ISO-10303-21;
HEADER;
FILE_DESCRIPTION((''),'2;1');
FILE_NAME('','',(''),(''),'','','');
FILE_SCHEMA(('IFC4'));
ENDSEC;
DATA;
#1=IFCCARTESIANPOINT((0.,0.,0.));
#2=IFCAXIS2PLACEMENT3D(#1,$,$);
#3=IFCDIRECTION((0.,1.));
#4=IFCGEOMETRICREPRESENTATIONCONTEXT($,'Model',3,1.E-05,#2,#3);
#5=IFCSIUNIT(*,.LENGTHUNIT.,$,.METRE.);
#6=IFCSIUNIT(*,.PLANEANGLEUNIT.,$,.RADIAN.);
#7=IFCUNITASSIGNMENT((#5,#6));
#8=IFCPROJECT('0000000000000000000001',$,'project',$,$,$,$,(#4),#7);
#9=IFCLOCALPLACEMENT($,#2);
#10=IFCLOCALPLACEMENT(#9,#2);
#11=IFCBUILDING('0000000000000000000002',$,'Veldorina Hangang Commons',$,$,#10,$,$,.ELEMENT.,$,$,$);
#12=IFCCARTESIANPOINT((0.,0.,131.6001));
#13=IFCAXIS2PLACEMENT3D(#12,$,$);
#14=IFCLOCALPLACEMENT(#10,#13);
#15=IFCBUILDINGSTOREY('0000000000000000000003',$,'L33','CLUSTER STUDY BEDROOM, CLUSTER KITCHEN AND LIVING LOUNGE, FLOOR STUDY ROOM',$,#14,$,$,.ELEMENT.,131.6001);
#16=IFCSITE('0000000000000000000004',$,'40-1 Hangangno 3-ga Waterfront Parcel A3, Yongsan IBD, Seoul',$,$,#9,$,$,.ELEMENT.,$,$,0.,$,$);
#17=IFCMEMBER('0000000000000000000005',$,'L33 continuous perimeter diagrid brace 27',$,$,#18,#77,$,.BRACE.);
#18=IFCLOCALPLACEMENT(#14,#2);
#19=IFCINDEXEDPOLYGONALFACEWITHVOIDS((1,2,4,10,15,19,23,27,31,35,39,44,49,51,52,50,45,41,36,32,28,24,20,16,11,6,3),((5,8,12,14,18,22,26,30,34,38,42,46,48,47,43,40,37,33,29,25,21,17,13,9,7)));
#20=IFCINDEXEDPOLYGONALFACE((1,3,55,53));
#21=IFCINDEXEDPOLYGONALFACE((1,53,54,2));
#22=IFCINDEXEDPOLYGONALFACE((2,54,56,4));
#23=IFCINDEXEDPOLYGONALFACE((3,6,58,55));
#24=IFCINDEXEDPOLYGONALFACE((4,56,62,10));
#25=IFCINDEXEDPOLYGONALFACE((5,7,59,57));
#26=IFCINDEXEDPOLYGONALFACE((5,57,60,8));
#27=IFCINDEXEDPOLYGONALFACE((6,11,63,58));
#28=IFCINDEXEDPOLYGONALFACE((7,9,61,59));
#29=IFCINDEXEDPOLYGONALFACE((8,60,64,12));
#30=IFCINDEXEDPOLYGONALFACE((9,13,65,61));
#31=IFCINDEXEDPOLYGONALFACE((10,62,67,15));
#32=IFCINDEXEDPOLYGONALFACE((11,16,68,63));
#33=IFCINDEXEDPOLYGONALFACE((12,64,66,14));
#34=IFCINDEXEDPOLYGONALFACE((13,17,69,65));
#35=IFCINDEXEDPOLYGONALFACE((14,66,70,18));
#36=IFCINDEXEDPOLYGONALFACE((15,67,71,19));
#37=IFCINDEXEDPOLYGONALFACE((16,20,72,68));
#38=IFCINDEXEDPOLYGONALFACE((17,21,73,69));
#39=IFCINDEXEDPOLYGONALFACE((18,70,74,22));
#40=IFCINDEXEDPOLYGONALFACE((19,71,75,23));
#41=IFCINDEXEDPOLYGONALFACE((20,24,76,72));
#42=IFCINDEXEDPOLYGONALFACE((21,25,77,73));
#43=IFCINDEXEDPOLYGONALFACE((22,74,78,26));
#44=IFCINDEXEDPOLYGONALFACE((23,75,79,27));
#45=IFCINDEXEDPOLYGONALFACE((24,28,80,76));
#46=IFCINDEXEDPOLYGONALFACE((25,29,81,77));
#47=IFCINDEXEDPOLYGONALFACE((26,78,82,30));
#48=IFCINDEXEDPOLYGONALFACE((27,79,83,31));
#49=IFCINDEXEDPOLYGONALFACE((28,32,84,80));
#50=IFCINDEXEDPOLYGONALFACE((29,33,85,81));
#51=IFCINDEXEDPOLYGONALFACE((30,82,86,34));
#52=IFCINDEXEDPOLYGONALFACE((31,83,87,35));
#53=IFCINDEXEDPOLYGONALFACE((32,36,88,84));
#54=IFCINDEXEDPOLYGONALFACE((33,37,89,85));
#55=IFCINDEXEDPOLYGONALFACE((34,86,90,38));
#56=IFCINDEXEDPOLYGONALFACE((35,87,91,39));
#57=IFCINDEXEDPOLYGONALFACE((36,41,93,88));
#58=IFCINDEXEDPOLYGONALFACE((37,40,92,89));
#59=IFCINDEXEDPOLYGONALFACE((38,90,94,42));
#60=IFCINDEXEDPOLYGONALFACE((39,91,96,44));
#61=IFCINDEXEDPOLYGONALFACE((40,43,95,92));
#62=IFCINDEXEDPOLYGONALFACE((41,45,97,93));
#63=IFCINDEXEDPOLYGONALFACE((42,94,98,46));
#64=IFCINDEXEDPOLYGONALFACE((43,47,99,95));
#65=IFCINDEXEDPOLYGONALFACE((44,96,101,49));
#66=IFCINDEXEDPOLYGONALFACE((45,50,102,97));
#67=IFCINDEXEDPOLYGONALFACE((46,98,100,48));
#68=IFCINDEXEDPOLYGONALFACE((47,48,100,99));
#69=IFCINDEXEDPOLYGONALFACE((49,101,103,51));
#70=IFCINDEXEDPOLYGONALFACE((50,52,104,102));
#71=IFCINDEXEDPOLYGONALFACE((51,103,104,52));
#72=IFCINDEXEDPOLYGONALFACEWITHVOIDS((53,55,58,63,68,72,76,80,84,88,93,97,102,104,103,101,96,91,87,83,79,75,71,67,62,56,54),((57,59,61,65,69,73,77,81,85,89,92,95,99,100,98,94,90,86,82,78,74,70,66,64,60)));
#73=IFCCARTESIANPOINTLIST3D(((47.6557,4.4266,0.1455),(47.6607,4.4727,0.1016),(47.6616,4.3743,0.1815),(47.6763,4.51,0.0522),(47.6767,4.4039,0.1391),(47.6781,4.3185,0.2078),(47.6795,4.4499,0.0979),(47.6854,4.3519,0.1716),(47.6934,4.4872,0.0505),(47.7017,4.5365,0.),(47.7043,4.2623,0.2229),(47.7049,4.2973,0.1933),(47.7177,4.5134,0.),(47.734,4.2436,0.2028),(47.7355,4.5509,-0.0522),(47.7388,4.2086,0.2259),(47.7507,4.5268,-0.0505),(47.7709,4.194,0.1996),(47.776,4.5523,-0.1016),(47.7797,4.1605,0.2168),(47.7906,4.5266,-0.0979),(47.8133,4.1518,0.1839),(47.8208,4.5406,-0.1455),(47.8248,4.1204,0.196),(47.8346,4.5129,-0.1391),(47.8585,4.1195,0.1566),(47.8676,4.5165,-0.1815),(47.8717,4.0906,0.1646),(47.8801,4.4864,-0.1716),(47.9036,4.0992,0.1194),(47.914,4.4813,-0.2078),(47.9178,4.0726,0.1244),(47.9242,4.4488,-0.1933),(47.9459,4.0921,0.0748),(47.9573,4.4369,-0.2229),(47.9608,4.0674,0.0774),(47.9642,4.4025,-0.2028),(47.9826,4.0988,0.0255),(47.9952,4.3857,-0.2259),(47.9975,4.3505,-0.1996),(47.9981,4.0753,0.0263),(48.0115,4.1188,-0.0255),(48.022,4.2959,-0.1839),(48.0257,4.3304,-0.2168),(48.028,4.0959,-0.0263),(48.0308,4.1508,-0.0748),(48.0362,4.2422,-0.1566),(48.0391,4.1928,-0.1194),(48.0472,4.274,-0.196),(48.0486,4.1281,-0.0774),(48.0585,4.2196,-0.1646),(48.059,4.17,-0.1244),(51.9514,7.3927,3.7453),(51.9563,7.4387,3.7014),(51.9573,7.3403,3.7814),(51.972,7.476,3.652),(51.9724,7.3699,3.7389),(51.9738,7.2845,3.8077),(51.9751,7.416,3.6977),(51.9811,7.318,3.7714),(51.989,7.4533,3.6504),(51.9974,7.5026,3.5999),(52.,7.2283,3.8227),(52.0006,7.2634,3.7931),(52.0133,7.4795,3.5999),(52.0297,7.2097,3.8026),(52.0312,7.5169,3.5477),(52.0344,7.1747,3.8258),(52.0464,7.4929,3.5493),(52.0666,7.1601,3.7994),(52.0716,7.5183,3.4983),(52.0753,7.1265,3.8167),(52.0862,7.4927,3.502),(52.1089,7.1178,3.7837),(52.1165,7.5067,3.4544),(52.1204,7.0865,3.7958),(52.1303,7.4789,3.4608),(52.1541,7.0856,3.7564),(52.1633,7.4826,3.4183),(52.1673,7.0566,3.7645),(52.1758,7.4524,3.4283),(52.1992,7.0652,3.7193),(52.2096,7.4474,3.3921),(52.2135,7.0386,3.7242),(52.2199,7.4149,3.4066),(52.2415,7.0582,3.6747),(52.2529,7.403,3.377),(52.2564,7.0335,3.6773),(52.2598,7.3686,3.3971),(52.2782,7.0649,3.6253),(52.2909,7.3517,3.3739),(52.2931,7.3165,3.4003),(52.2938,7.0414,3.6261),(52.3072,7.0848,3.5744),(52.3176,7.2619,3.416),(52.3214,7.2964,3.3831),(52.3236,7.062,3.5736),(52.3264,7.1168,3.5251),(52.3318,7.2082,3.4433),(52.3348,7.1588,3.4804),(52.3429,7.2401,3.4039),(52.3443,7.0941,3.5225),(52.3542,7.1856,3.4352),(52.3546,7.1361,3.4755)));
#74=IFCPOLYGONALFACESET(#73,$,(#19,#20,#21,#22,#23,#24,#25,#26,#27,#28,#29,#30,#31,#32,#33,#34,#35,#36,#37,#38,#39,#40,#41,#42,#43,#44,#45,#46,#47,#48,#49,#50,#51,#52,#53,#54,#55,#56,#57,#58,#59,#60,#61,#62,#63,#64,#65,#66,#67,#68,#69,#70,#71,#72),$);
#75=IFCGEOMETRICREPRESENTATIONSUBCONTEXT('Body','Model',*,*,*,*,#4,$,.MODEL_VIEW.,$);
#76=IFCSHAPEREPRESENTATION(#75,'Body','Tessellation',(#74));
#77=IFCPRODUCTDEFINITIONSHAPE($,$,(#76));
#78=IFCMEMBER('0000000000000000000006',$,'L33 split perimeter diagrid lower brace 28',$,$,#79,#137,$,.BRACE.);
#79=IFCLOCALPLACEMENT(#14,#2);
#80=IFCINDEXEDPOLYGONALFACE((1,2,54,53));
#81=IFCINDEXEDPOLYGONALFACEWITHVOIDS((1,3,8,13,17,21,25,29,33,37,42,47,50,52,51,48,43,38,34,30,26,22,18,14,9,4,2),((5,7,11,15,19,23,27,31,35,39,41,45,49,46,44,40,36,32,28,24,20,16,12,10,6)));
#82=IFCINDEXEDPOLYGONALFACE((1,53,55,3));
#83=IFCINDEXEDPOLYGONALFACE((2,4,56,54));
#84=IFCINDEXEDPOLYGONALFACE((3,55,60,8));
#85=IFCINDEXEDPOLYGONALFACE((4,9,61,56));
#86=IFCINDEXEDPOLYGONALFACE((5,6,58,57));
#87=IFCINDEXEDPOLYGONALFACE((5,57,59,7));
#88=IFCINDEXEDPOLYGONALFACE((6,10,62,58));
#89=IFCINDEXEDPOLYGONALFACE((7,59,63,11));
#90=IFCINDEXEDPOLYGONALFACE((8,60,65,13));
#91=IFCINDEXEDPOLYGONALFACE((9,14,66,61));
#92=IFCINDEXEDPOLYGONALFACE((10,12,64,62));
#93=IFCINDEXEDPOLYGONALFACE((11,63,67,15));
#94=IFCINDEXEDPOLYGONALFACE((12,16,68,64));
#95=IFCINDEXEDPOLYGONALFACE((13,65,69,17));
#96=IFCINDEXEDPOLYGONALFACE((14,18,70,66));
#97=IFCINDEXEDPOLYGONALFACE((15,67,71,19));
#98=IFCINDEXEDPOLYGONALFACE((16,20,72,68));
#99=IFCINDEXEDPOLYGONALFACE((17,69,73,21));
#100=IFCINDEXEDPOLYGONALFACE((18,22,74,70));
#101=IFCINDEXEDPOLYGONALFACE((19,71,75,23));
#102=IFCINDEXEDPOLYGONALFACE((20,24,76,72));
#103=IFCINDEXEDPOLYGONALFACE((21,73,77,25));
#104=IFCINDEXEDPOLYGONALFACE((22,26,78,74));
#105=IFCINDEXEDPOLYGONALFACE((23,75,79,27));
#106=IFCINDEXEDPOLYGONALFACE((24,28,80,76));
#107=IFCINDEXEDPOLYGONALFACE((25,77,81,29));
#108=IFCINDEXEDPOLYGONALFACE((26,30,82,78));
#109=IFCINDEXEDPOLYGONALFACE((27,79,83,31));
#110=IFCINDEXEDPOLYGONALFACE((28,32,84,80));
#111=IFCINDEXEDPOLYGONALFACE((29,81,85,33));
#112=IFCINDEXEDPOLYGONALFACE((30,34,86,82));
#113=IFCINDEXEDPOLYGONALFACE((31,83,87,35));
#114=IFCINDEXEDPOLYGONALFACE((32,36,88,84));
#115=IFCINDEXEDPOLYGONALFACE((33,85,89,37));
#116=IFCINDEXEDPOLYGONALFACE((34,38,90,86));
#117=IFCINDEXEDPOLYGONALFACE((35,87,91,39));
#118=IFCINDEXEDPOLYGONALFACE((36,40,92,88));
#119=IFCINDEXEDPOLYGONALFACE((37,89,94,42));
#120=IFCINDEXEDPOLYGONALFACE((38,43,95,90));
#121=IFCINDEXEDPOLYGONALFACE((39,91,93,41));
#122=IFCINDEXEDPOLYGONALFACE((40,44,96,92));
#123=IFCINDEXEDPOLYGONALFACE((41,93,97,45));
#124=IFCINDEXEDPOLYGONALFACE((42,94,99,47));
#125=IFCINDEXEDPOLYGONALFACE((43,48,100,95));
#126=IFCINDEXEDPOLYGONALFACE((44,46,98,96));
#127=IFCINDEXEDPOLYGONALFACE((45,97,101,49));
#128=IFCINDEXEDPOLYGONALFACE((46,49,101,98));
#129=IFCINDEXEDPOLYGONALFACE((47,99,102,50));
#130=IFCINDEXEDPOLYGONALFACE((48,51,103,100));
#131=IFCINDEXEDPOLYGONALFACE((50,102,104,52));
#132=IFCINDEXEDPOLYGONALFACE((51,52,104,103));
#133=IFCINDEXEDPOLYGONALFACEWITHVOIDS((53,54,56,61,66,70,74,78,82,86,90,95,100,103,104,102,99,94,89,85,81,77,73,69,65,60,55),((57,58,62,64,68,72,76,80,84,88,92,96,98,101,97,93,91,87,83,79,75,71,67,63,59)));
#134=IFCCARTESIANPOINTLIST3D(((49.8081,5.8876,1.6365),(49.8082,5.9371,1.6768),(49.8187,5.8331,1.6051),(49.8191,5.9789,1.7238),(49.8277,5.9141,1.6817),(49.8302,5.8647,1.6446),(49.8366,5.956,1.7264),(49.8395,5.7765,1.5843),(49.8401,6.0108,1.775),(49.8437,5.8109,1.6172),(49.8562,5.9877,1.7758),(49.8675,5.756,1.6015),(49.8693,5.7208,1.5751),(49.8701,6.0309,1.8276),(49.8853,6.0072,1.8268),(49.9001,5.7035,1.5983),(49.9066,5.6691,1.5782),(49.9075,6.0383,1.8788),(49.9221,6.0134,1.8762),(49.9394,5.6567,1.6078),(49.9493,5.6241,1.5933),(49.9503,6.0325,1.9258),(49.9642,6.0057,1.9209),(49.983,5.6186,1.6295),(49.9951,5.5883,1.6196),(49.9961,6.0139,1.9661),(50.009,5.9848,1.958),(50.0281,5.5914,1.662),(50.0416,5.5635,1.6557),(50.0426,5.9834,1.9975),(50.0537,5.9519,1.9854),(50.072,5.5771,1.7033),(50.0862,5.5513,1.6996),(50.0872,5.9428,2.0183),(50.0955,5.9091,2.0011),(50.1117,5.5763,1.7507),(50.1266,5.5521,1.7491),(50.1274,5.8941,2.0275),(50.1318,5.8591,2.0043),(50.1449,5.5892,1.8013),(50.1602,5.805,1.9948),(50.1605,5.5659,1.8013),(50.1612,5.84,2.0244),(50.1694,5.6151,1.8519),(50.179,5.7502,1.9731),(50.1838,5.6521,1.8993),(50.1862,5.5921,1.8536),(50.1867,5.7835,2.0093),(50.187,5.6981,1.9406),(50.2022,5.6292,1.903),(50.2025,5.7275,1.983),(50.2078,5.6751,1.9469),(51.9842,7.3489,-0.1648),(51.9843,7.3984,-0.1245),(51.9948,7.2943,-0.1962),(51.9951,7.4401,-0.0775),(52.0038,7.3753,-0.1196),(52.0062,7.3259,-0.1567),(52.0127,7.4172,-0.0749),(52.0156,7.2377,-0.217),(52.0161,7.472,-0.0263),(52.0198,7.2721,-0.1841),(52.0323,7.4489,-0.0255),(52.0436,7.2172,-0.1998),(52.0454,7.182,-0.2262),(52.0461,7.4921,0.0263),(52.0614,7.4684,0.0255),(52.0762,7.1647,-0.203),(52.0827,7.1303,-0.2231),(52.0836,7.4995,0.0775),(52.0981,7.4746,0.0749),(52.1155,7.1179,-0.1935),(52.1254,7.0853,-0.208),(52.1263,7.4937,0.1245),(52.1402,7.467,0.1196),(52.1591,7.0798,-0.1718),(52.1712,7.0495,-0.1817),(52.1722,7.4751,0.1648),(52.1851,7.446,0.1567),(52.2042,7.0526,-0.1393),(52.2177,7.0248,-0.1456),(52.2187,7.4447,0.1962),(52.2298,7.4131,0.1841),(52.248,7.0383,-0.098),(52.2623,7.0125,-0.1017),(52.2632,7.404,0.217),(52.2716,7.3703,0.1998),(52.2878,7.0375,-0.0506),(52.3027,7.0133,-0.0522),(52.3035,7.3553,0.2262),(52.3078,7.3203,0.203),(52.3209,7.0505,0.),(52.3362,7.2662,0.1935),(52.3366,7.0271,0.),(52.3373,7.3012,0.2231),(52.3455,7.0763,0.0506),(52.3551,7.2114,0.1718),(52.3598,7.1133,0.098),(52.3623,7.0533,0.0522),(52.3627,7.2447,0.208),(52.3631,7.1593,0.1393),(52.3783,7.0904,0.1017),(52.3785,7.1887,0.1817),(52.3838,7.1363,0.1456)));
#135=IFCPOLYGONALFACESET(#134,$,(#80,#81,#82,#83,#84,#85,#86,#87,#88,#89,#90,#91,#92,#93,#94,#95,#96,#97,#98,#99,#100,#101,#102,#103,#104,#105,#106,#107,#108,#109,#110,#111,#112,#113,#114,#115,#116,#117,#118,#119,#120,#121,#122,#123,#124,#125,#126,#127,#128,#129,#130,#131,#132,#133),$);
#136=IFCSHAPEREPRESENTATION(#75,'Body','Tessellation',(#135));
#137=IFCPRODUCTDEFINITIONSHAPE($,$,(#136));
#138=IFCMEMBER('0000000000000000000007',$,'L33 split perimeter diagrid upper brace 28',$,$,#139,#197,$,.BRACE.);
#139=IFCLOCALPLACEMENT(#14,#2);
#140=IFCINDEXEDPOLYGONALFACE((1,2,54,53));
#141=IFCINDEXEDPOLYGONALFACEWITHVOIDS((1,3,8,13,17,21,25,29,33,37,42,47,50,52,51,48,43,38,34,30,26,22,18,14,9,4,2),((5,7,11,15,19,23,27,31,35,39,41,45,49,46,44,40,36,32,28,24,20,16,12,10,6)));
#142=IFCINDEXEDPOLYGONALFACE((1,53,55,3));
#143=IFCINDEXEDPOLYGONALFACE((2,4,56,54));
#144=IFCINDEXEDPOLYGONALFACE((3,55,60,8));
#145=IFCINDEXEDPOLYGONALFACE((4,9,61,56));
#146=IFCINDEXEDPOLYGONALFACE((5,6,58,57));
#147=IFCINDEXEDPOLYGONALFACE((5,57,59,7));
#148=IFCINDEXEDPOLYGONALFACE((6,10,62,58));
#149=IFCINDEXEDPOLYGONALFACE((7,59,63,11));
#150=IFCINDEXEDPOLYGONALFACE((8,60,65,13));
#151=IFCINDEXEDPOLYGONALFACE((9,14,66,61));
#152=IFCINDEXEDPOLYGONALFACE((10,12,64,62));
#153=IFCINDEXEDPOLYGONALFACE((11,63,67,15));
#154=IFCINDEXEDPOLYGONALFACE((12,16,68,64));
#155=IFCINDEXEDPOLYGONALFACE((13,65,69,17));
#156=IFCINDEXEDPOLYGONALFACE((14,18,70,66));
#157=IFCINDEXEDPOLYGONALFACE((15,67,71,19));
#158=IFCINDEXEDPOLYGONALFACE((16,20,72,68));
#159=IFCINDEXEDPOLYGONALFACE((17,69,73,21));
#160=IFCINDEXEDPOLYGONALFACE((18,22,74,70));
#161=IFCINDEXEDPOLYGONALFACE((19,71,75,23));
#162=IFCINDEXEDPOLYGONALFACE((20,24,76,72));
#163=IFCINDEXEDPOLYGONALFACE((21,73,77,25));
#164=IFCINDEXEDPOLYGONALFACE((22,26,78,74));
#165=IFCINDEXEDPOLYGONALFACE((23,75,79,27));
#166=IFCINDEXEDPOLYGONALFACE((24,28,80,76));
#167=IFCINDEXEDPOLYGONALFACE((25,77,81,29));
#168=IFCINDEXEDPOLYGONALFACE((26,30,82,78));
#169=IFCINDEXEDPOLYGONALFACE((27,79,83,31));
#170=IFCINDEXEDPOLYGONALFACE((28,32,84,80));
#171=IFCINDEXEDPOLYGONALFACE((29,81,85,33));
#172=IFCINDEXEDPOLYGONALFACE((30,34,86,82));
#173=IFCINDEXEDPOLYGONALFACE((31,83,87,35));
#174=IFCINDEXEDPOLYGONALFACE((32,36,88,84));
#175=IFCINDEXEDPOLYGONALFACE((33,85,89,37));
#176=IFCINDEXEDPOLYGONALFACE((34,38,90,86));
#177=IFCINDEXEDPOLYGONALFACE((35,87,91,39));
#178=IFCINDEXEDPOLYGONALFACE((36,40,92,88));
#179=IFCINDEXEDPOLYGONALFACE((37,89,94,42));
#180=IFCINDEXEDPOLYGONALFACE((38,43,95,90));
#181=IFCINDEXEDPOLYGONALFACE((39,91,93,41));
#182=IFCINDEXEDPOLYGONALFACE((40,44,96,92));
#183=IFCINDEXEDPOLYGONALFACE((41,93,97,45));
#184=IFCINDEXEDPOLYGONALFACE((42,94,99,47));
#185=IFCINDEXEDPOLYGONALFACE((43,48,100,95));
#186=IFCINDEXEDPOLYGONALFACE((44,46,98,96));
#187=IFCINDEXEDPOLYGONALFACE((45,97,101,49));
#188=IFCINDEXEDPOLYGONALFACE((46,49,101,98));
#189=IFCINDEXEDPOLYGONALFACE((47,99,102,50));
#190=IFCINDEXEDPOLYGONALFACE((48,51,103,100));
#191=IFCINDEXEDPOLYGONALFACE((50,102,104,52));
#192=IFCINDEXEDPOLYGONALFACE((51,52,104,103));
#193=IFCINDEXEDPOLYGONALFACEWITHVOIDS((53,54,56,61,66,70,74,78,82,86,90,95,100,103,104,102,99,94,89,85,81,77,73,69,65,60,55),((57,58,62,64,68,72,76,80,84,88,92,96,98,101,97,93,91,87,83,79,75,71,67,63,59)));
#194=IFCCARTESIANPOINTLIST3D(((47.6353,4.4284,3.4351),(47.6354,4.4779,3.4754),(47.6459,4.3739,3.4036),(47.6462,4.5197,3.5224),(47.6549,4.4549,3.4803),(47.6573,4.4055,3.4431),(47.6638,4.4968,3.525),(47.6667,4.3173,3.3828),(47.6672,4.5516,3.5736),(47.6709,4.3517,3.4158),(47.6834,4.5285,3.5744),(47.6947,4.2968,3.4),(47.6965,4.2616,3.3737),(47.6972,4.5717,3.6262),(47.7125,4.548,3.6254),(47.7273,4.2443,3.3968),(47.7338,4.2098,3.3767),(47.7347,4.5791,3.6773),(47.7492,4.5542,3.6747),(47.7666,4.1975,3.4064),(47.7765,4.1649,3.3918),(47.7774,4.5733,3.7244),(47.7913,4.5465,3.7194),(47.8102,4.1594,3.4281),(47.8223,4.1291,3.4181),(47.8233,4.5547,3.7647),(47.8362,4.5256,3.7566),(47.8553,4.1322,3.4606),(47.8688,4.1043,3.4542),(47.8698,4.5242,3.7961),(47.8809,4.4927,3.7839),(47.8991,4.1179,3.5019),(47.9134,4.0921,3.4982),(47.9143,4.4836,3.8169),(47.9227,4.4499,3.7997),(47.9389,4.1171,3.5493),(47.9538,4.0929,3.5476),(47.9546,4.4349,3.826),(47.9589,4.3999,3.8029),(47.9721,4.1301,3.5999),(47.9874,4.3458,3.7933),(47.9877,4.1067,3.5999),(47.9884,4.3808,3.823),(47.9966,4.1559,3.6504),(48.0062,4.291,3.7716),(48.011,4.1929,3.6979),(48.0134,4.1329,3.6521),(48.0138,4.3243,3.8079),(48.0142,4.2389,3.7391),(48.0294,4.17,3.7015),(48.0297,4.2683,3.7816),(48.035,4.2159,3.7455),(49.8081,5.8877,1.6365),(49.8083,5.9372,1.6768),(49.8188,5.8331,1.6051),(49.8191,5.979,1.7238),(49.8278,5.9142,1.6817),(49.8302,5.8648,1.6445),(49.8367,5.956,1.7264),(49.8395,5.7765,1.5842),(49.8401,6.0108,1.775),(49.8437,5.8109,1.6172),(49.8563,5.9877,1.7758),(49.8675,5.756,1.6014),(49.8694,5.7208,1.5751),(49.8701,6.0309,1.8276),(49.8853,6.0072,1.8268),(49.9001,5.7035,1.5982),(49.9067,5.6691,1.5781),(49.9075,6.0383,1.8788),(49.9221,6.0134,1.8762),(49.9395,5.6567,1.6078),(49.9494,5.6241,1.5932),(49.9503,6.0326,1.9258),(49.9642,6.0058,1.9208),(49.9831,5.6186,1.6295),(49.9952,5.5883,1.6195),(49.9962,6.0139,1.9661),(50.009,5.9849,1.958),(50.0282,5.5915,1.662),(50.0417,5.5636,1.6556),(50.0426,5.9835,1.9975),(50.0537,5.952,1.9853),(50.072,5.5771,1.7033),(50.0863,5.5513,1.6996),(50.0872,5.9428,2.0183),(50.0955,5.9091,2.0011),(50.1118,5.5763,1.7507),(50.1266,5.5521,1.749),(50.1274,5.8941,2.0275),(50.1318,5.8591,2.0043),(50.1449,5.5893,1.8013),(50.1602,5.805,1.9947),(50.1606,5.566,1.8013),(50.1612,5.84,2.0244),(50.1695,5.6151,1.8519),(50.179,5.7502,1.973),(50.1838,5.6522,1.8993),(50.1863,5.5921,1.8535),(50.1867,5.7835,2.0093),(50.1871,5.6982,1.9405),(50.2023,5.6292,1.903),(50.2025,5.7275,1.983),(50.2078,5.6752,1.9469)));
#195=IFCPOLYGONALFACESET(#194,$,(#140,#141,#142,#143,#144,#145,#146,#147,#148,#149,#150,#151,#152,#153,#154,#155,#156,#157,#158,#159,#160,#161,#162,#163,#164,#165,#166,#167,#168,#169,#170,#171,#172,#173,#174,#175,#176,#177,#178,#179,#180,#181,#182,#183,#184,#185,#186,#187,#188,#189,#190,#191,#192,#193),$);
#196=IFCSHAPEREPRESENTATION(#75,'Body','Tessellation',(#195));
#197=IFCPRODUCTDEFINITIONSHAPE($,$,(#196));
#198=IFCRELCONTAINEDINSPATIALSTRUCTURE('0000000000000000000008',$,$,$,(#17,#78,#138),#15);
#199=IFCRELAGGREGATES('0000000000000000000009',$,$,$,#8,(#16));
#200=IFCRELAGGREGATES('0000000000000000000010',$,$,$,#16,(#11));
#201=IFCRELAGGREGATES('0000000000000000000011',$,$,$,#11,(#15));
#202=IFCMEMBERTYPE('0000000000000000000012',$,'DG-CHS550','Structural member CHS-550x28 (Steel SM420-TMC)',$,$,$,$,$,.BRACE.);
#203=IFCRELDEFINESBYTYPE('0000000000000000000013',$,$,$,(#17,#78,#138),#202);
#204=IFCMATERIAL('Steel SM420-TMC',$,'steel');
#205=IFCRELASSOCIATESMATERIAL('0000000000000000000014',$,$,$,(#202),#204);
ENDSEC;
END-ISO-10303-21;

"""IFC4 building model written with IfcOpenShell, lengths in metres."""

from ifc_helpers import new_model, si_unit, direction, frame, origin, origin_2d, place, context, subcontext, project, spatial, hollow_circle, extrude, material, material_profile, profile_set, type_object, element, save


model = new_model("IFC4")

# Units and contexts
model_context = context("Model", 3, precision=1e-05, world=origin(), true_north=direction((0.0, 1.0)))
body_context = subcontext(model_context, "Body", "Model", "MODEL_VIEW")
ifc_project = project(units=[si_unit("LENGTHUNIT", "METRE"), si_unit("PLANEANGLEUNIT", "RADIAN")], contexts=[model_context])

# Site, building, storey
site_placement = place(None, origin())
site = spatial("IfcSite", under=ifc_project, at=site_placement, Name="40-1 Hangangno 3-ga Waterfront Parcel A3, Yongsan IBD, Seoul", CompositionType="ELEMENT", RefElevation=0.0)
building_placement = place(site_placement, origin())
building = spatial("IfcBuilding", under=site, at=building_placement, Name="Veldorina Hangang Commons", CompositionType="ELEMENT")
storey_placement = place(building_placement, frame((0.0, 0.0, 131.6001)))
storey = spatial("IfcBuildingStorey", under=building, at=storey_placement, Name="L33", Description="CLUSTER STUDY BEDROOM, CLUSTER KITCHEN AND LIVING LOUNGE, FLOOR STUDY ROOM", CompositionType="ELEMENT", Elevation=131.6001)

# Shared definitions
ifc_material_1 = material(Name="Steel SM420-TMC", Category="steel")

# Members
ifc_material_profile_1 = material_profile(ifc_material_1, hollow_circle(Radius=0.2749, WallThickness=0.0281, at=origin_2d()), Name="CHS-550x28")
ifc_profile_set_1 = profile_set([ifc_material_profile_1], Name="Steel SM420-TMC")
member_type_1 = type_object("IfcMemberType", Name="DG-CHS550", Description="Structural member CHS-550x28 (Steel SM420-TMC)", PredefinedType="BRACE", material=ifc_profile_set_1)
member_1_placement = place(storey_placement, frame((47.8579, 4.3103, 0.0), z_axis=(0.677434, 0.467755, 0.567705), x_axis=(-0.568193, 0.822895, 0.0)))
element("IfcMember", 1, at=member_1_placement, inside=storey, type_object=member_type_1, Name="L33 continuous perimeter diagrid brace 27", PredefinedType="BRACE", context=body_context, shape_type="SweptSolid", body=[
    extrude(hollow_circle(Radius=0.2749, WallThickness=0.0281, at=origin_2d()), origin(), (0.0, 0.0, 1.0), 6.3411),
])
member_2_placement = place(storey_placement, frame((52.1833, 7.2554, 0.0), z_axis=(-0.684207, -0.459439, 0.566372), x_axis=(0.55747, -0.830197, 0.0)))
element("IfcMember", 2, at=member_2_placement, inside=storey, type_object=member_type_1, Name="L33 split perimeter diagrid lower brace 28", PredefinedType="BRACE", context=body_context, shape_type="SweptSolid", body=[
    extrude(hollow_circle(Radius=0.2749, WallThickness=0.0281, at=origin_2d()), origin(), (0.0, 0.0, 1.0), 3.1804),
])
member_3_placement = place(storey_placement, frame((50.0073, 5.7942, 1.8013), z_axis=(-0.684196, -0.459488, 0.566345), x_axis=(0.557517, -0.830166, 0.0)))
element("IfcMember", 3, at=member_3_placement, inside=storey, type_object=member_type_1, Name="L33 split perimeter diagrid upper brace 28", PredefinedType="BRACE", context=body_context, shape_type="SweptSolid", body=[
    extrude(hollow_circle(Radius=0.2749, WallThickness=0.0281, at=origin_2d()), origin(), (0.0, 0.0, 1.0), 3.1758),
])

save(model, "model.ifc")
